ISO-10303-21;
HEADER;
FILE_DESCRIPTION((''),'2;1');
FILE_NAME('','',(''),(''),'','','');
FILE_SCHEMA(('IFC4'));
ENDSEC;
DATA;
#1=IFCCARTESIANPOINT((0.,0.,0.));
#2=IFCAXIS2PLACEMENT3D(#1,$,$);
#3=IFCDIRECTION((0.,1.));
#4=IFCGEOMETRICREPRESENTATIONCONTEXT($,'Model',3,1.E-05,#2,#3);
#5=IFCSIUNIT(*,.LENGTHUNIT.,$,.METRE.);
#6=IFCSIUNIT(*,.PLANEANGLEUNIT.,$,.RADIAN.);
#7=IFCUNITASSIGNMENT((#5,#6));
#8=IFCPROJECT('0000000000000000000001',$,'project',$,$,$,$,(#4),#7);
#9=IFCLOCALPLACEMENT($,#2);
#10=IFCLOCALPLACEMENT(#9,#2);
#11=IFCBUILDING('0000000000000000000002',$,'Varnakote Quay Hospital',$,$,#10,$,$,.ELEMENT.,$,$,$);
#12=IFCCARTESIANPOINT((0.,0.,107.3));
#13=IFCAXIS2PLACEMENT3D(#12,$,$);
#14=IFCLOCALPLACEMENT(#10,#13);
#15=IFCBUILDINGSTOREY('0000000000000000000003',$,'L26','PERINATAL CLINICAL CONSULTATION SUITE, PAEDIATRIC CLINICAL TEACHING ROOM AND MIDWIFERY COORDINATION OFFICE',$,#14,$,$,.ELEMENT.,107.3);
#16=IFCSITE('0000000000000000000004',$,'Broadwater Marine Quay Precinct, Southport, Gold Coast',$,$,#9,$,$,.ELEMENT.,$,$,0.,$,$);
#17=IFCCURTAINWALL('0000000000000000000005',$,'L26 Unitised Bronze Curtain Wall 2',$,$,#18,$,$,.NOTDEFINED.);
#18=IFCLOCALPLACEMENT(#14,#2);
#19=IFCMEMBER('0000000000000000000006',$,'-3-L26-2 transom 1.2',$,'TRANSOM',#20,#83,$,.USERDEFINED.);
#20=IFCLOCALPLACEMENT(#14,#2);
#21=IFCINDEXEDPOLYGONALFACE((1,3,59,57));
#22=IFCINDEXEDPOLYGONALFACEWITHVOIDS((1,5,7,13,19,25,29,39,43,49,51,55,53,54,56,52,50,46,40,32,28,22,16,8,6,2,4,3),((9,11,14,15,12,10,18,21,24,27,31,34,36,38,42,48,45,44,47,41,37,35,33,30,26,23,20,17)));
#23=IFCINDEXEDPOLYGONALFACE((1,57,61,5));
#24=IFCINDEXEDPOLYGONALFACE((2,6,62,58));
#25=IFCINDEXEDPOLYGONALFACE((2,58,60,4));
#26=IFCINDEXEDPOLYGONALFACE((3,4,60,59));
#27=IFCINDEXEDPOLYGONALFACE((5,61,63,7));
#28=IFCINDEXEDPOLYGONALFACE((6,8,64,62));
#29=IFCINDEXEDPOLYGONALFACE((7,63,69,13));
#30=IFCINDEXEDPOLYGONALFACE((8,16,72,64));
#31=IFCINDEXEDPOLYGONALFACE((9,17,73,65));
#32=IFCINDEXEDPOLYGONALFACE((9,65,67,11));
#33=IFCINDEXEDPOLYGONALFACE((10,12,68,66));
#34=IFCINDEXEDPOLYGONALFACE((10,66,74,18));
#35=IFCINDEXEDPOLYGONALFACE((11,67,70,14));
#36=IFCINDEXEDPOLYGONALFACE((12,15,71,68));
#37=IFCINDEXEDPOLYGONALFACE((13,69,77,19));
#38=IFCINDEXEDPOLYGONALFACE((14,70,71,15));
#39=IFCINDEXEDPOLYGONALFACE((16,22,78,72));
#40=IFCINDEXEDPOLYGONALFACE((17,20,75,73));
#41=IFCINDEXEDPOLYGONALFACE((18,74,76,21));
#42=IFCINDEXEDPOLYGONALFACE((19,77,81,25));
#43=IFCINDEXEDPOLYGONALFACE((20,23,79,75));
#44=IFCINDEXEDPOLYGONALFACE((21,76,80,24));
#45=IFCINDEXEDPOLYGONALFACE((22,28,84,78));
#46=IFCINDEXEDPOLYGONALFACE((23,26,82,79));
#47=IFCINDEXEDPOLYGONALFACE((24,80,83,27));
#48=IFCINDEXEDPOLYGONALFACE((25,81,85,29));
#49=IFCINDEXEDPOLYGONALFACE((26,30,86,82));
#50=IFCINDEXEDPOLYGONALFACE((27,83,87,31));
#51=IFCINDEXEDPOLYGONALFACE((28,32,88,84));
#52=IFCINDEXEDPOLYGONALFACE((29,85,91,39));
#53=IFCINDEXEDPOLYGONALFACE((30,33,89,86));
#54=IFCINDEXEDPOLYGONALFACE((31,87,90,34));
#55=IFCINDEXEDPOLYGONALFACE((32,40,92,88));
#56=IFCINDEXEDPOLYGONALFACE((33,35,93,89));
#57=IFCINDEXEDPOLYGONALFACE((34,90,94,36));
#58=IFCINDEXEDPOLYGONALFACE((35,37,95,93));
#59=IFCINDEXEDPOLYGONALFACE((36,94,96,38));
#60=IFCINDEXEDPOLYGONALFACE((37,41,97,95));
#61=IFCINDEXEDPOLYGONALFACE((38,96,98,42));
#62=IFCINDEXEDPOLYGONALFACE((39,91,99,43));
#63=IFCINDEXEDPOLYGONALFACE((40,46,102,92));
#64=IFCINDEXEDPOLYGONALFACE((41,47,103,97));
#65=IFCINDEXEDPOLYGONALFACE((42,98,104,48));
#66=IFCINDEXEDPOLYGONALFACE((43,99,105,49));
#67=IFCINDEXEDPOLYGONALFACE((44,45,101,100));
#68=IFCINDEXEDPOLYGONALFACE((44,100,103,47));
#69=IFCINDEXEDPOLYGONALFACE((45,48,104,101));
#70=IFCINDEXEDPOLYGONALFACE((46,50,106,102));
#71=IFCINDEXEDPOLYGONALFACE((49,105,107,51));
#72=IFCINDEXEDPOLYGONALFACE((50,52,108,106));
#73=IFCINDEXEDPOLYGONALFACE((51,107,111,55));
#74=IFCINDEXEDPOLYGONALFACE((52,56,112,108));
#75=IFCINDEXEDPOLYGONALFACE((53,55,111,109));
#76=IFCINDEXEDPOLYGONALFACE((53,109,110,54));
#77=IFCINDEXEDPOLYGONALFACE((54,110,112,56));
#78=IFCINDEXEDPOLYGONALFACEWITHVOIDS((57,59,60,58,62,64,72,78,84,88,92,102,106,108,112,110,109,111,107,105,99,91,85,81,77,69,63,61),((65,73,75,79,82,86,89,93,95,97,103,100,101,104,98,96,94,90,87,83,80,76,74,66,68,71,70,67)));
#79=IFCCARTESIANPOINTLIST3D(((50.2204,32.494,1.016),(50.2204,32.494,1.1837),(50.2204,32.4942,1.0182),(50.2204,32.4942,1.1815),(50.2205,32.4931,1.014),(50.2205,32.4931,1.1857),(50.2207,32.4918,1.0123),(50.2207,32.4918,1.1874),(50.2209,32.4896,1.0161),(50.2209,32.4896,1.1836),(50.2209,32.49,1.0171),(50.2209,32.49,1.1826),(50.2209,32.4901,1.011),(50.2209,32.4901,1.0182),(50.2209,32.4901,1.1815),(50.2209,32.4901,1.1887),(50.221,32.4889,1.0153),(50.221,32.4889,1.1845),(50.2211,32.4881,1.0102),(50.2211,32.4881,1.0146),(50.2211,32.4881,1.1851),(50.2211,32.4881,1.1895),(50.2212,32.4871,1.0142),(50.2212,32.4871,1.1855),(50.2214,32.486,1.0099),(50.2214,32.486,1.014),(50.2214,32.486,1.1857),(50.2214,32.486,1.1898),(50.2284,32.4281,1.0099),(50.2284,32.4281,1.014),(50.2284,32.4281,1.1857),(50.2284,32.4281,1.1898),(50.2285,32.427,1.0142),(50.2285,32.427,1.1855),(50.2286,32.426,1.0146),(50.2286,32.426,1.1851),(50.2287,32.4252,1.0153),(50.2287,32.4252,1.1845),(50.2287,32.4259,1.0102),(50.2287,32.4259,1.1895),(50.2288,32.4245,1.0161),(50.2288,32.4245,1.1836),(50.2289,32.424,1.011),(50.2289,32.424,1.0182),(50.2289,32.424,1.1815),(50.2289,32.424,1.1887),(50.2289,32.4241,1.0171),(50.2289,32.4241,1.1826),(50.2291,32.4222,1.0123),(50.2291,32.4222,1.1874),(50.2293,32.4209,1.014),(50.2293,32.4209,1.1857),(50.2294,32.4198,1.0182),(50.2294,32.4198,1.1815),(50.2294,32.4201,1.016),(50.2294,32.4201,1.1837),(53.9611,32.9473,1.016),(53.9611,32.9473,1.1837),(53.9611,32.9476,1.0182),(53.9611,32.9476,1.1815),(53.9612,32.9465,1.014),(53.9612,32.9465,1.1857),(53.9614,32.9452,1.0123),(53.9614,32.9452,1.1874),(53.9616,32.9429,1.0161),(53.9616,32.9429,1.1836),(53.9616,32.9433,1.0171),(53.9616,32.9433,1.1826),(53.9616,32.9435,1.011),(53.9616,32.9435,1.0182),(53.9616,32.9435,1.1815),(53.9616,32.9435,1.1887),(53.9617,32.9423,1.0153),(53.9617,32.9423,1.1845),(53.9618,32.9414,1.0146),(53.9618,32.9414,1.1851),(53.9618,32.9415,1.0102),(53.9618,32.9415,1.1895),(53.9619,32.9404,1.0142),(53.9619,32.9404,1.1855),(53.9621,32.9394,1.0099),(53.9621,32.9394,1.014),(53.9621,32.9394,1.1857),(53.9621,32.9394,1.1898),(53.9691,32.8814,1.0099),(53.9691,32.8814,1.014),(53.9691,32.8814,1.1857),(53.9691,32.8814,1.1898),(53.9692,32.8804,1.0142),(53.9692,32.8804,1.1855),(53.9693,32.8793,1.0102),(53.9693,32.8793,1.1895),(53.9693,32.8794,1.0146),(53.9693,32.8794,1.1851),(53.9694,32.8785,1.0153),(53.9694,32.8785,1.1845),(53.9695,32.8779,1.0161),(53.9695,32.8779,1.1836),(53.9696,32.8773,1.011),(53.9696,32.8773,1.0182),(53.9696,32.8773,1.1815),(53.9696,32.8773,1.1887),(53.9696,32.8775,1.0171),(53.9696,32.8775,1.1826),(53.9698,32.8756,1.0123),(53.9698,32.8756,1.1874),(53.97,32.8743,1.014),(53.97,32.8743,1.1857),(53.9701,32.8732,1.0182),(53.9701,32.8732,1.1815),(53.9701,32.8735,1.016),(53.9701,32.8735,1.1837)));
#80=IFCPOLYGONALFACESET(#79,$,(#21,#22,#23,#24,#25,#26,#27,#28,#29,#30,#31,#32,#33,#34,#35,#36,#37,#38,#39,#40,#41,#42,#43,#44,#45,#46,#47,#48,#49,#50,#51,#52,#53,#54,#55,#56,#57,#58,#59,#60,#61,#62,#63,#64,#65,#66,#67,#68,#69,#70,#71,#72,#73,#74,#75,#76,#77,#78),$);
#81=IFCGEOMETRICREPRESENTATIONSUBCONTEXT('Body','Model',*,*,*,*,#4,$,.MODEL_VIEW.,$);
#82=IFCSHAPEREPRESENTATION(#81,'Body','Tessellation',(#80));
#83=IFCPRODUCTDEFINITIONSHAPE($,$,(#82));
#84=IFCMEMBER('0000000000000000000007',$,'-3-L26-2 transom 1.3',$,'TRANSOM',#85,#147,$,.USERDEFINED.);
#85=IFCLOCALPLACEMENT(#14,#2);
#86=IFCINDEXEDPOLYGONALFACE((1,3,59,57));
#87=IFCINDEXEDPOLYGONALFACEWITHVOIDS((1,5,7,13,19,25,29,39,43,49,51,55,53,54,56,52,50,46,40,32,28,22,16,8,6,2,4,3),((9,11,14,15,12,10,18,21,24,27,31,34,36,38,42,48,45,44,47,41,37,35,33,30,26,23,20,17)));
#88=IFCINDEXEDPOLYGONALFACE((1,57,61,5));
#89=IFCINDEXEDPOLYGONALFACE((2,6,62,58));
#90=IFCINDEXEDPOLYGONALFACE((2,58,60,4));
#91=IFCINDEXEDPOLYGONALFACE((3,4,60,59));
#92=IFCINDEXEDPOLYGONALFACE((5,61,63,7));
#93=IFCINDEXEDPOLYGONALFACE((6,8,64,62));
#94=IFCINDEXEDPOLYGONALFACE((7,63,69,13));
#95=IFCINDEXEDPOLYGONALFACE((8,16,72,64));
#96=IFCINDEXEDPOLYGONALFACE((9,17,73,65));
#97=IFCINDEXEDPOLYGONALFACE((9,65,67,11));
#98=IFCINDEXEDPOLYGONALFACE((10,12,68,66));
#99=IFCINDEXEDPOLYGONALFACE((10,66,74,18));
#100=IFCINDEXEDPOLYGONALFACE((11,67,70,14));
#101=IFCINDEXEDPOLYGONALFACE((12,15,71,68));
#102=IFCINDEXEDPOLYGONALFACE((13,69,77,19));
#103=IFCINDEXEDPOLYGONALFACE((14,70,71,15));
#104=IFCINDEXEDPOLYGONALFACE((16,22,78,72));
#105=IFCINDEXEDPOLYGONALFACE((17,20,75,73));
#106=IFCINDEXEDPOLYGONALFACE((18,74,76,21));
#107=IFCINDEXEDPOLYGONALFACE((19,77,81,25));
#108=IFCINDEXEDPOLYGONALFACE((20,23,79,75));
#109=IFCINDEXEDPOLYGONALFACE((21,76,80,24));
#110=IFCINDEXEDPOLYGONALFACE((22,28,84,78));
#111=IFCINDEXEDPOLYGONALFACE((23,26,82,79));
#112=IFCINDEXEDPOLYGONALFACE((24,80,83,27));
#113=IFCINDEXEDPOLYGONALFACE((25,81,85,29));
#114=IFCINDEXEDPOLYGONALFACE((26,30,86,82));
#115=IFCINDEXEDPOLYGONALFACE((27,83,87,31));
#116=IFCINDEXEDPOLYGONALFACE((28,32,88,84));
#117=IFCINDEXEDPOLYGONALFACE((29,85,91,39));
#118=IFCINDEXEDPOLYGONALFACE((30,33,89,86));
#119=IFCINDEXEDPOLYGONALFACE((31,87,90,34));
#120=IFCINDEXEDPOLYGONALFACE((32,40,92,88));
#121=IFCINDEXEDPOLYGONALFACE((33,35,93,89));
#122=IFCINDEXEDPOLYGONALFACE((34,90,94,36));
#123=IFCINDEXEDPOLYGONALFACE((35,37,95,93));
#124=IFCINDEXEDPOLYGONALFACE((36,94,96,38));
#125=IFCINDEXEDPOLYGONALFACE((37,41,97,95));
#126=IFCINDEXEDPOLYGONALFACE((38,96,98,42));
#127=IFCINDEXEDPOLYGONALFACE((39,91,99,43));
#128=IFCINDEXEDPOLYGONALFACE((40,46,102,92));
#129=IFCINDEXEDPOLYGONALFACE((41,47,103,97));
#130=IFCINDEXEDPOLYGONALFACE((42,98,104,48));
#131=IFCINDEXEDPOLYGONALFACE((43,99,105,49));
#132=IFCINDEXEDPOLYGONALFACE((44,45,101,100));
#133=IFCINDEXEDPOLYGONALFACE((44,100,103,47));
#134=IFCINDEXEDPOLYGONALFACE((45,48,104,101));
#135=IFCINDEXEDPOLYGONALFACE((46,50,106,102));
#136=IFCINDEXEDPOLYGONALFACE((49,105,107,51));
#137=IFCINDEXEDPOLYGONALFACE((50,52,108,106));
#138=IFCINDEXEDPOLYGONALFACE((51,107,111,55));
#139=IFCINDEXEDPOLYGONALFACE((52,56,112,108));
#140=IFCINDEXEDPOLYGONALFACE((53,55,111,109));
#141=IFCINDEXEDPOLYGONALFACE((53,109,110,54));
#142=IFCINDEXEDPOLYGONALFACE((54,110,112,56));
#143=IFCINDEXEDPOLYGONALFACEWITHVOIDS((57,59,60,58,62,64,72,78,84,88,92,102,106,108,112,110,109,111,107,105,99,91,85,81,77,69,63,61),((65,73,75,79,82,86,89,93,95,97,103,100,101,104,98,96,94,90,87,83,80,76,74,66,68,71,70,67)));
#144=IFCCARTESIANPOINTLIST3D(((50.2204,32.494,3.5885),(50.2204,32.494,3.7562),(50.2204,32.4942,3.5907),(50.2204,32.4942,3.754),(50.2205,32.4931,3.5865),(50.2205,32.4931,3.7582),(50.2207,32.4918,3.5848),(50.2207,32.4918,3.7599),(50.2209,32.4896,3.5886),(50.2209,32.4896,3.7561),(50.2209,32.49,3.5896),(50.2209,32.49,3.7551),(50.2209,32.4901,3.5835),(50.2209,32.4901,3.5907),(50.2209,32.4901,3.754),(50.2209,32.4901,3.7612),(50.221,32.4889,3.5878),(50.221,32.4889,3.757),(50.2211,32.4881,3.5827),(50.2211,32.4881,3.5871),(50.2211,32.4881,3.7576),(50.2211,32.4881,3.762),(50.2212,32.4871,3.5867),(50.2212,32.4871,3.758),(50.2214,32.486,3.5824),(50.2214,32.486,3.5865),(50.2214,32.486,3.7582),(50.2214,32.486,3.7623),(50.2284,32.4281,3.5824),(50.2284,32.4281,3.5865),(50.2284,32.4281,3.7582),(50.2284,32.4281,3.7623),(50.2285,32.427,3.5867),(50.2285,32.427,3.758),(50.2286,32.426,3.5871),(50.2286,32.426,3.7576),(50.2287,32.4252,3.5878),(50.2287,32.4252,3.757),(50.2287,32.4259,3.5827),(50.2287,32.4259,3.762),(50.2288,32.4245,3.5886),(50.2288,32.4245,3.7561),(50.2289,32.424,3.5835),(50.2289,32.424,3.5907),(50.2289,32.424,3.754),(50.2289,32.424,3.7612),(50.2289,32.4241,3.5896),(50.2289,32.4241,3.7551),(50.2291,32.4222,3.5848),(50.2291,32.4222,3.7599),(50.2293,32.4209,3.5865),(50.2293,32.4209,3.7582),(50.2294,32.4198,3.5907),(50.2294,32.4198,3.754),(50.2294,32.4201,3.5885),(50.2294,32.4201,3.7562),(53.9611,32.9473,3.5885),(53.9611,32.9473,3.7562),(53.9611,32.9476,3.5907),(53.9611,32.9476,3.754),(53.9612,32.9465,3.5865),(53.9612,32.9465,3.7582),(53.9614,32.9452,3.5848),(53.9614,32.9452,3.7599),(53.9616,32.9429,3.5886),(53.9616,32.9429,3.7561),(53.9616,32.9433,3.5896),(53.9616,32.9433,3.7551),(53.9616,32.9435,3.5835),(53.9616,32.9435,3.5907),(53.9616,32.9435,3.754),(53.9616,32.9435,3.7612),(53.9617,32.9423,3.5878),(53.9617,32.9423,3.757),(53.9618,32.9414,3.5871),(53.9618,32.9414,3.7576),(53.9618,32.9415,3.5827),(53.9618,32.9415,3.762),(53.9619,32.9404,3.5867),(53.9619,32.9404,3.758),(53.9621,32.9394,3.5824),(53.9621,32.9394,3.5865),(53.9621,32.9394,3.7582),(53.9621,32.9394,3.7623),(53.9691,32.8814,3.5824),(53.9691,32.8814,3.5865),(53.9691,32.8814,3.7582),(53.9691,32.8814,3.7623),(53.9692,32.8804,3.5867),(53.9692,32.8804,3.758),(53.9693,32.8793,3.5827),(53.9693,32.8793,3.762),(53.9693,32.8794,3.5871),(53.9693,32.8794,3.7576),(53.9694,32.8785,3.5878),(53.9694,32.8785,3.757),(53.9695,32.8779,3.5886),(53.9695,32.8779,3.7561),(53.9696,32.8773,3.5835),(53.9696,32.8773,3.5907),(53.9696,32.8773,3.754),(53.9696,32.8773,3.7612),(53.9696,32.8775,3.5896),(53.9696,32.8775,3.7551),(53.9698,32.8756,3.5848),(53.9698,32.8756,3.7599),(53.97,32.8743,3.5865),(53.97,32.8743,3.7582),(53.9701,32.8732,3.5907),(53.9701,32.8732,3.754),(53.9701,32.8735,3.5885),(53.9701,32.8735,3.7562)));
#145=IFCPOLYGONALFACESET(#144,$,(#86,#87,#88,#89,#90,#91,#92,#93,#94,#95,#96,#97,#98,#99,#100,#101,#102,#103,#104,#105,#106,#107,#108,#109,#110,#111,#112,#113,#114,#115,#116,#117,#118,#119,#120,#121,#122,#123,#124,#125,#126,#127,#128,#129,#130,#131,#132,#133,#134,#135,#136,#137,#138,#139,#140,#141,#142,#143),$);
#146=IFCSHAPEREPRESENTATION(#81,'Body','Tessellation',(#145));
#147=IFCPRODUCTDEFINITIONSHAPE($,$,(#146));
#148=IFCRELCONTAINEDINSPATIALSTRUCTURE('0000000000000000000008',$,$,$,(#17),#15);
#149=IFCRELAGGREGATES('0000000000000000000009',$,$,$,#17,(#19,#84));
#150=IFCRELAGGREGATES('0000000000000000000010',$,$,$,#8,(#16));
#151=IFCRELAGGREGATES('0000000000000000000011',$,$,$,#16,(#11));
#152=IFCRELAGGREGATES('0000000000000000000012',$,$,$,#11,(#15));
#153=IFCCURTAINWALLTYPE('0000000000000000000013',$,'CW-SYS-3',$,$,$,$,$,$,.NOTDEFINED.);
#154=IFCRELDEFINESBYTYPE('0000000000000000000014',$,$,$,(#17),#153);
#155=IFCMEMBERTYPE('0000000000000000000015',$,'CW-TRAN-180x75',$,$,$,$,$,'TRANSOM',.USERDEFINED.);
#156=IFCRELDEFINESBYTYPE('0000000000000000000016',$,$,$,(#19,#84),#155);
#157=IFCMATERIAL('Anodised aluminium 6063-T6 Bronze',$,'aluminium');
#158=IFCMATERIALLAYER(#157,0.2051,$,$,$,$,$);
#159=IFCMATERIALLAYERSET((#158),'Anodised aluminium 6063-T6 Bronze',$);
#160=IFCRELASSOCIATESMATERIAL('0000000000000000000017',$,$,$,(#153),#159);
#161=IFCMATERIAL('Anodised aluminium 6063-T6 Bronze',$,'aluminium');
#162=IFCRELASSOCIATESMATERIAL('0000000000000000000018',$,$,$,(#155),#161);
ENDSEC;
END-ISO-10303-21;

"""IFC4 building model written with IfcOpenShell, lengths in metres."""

from ifc_helpers import new_model, si_unit, direction, frame, origin, origin_2d, place, context, subcontext, project, spatial, hollow_rectangle, extrude, material, layer, layer_set, material_profile, profile_set, type_object, element, aggregate, save


model = new_model("IFC4")

# Units and contexts
model_context = context("Model", 3, precision=1e-05, world=origin(), true_north=direction((0.0, 1.0)))
body_context = subcontext(model_context, "Body", "Model", "MODEL_VIEW")
ifc_project = project(units=[si_unit("LENGTHUNIT", "METRE"), si_unit("PLANEANGLEUNIT", "RADIAN")], contexts=[model_context])

# Site, building, storey
site_placement = place(None, origin())
site = spatial("IfcSite", under=ifc_project, at=site_placement, Name="Broadwater Marine Quay Precinct, Southport, Gold Coast", CompositionType="ELEMENT", RefElevation=0.0)
building_placement = place(site_placement, origin())
building = spatial("IfcBuilding", under=site, at=building_placement, Name="Varnakote Quay Hospital", CompositionType="ELEMENT")
storey_placement = place(building_placement, frame((0.0, 0.0, 107.3)))
storey = spatial("IfcBuildingStorey", under=building, at=storey_placement, Name="L26", Description="PERINATAL CLINICAL CONSULTATION SUITE, PAEDIATRIC CLINICAL TEACHING ROOM AND MIDWIFERY COORDINATION OFFICE", CompositionType="ELEMENT", Elevation=107.3)

# Shared definitions
ifc_material_1 = material(Name="Anodised aluminium 6063-T6 Bronze", Category="aluminium")
ifc_layer_1 = layer(ifc_material_1, 0.2051)
ifc_layer_set_1 = layer_set([ifc_layer_1], Name="Anodised aluminium 6063-T6 Bronze")
curtain_wall_type = type_object("IfcCurtainWallType", Name="CW-SYS-3", PredefinedType="NOTDEFINED", material=ifc_layer_set_1)

# Curtain wall, members
curtain_wall_1_placement = place(storey_placement, origin())
curtain_wall_1 = element("IfcCurtainWall", 1, at=curtain_wall_1_placement, inside=storey, type_object=curtain_wall_type, Name="L26 Unitised Bronze Curtain Wall 2", PredefinedType="NOTDEFINED")
ifc_material_2 = material(Name="Anodised aluminium 6063-T6 Bronze", Category="aluminium")
ifc_material_profile_1 = material_profile(ifc_material_2, hollow_rectangle(XDim=0.075, YDim=0.1799, WallThickness=0.0042, InnerFilletRadius=0.0042, OuterFilletRadius=0.0083, at=origin_2d()), Name="CW-TRAN-180x75")
ifc_profile_set_1 = profile_set([ifc_material_profile_1], Name="Anodised aluminium 6063-T6 Bronze")
member_type_1 = type_object("IfcMemberType", Name="CW-TRAN-180x75", ElementType="TRANSOM", PredefinedType="USERDEFINED", material=ifc_profile_set_1)
member_1_placement = place(storey_placement, frame((53.9656, 32.9104, 1.0999), z_axis=(-0.992735, -0.120318, 0.0), x_axis=(0.120318, -0.992735, 0.0)))
member_1 = element("IfcMember", 2, at=member_1_placement, type_object=member_type_1, Name="-3-L26-2 transom 1.2", ObjectType="TRANSOM", PredefinedType="USERDEFINED", context=body_context, shape_type="SweptSolid", body=[
    extrude(hollow_rectangle(XDim=0.075, YDim=0.1799, WallThickness=0.0042, InnerFilletRadius=0.0042, OuterFilletRadius=0.0083, at=origin_2d()), origin(), (0.0, 0.0, 1.0), 3.7681),
])
member_2_placement = place(storey_placement, frame((53.9656, 32.9104, 3.6724), z_axis=(-0.992735, -0.120318, 0.0), x_axis=(0.120318, -0.992735, 0.0)))
member_2 = element("IfcMember", 3, at=member_2_placement, type_object=member_type_1, Name="-3-L26-2 transom 1.3", ObjectType="TRANSOM", PredefinedType="USERDEFINED", context=body_context, shape_type="SweptSolid", body=[
    extrude(hollow_rectangle(XDim=0.075, YDim=0.1799, WallThickness=0.0042, InnerFilletRadius=0.0042, OuterFilletRadius=0.0083, at=origin_2d()), origin(), (0.0, 0.0, 1.0), 3.7681),
])

aggregate(curtain_wall_1, [member_1, member_2])

save(model, "model.ifc")
